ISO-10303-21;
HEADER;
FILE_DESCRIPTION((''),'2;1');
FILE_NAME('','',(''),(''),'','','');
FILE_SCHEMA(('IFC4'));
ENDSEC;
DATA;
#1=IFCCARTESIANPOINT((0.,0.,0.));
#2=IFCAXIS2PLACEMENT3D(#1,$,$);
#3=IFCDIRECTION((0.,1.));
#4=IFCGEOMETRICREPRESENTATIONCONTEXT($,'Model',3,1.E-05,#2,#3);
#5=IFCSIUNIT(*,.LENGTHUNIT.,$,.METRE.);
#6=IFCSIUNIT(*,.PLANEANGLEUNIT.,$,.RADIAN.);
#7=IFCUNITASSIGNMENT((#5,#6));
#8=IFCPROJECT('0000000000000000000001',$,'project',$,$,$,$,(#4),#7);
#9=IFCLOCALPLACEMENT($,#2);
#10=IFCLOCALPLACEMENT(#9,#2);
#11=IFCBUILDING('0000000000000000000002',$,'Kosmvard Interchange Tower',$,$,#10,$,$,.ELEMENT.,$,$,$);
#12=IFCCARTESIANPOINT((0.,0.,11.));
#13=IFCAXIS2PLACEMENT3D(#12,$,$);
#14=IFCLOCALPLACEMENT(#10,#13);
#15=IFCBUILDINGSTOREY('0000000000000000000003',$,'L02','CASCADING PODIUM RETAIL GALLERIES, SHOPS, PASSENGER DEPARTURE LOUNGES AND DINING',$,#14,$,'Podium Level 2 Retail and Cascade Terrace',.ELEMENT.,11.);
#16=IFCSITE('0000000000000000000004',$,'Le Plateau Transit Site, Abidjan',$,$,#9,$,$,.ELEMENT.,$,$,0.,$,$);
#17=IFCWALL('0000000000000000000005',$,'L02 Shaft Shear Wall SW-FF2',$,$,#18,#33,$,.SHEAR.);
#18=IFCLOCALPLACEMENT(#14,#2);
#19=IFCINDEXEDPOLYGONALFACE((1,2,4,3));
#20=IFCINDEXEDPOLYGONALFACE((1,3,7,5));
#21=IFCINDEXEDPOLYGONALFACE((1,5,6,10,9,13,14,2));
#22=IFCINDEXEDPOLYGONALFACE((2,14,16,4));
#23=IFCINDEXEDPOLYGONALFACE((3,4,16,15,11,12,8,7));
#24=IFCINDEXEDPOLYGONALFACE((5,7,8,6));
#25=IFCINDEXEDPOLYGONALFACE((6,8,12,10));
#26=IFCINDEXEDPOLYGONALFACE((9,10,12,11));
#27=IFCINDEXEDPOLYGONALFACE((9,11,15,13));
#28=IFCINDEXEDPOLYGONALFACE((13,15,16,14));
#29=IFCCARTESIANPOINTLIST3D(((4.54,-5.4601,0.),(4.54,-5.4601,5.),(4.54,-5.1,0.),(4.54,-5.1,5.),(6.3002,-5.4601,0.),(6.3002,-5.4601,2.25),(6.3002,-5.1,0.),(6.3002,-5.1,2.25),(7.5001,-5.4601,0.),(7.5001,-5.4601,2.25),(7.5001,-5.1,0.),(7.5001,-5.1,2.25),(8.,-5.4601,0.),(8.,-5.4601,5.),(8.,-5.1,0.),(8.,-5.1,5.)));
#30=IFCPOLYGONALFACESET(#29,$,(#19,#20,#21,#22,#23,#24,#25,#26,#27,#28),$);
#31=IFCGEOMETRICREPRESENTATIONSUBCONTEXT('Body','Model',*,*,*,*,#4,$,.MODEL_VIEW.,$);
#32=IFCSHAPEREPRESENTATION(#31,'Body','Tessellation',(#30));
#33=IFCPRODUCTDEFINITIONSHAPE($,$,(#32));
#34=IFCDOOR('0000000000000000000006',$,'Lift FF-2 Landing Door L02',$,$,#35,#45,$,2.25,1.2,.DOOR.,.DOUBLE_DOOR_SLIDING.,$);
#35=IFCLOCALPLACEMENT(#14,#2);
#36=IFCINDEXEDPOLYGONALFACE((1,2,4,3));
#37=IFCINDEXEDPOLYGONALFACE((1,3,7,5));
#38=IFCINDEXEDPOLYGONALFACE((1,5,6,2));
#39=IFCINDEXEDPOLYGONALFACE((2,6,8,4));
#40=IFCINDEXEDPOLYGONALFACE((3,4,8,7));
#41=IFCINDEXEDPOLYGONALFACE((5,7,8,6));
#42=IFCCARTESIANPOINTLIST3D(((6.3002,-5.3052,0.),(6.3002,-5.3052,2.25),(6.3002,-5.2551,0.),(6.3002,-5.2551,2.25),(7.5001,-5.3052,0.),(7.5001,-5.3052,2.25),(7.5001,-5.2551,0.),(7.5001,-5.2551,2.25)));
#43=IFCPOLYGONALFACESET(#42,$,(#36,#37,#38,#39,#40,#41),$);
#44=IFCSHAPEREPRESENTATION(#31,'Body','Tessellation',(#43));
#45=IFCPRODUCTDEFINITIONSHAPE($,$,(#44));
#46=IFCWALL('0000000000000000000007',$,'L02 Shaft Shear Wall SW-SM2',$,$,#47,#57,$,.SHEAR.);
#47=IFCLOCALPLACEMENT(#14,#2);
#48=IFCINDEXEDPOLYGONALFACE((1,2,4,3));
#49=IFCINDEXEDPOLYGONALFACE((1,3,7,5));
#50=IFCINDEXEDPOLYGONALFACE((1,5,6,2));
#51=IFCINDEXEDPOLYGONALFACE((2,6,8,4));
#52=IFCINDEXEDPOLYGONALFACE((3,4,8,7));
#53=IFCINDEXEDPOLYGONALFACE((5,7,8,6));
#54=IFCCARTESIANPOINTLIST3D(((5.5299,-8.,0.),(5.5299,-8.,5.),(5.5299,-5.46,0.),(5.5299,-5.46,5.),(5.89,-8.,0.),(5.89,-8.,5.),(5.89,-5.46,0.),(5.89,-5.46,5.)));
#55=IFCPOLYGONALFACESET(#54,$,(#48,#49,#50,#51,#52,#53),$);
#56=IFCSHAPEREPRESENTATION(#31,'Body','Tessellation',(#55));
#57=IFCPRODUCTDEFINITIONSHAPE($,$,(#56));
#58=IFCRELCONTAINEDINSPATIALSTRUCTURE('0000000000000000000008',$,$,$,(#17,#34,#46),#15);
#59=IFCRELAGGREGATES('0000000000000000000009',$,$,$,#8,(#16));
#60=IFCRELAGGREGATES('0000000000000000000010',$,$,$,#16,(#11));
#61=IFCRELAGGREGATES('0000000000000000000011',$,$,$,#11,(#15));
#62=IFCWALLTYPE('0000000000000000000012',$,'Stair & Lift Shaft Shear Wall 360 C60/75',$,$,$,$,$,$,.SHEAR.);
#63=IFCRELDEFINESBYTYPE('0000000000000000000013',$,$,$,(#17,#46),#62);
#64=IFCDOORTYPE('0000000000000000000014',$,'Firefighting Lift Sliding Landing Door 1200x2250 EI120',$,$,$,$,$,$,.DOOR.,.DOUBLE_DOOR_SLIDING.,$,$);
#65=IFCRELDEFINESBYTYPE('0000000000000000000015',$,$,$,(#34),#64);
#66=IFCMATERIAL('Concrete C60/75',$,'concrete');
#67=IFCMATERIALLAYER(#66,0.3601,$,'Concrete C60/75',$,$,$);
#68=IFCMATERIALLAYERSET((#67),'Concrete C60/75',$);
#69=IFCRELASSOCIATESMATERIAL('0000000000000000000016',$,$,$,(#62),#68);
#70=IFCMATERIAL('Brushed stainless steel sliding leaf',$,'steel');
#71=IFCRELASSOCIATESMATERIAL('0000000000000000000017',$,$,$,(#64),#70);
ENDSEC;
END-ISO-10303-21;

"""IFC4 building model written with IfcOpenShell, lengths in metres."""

from ifc_helpers import new_model, si_unit, direction, frame, frame_2d, origin, place, context, subcontext, project, spatial, rectangle, extrude, source, transform, mapped, material, layer, layer_set, type_object, element, fill, save


model = new_model("IFC4")

# Units and contexts
model_context = context("Model", 3, precision=1e-05, world=origin(), true_north=direction((0.0, 1.0)))
body_context = subcontext(model_context, "Body", "Model", "MODEL_VIEW")
ifc_project = project(units=[si_unit("LENGTHUNIT", "METRE"), si_unit("PLANEANGLEUNIT", "RADIAN")], contexts=[model_context])

# Site, building, storey
site_placement = place(None, origin())
site = spatial("IfcSite", under=ifc_project, at=site_placement, Name="Le Plateau Transit Site, Abidjan", CompositionType="ELEMENT", RefElevation=0.0)
building_placement = place(site_placement, origin())
building = spatial("IfcBuilding", under=site, at=building_placement, Name="Kosmvard Interchange Tower", CompositionType="ELEMENT")
storey_placement = place(building_placement, frame((0.0, 0.0, 11.0)))
storey = spatial("IfcBuildingStorey", under=building, at=storey_placement, Name="L02", Description="CASCADING PODIUM RETAIL GALLERIES, SHOPS, PASSENGER DEPARTURE LOUNGES AND DINING", LongName="Podium Level 2 Retail and Cascade Terrace", CompositionType="ELEMENT", Elevation=11.0)

# Shared definitions
ifc_material_1 = material(Name="Brushed stainless steel sliding leaf", Category="steel")

# Wall, opening, door
ifc_material_2 = material(Name="Concrete C60/75", Category="concrete")
ifc_layer_1 = layer(ifc_material_2, 0.3601, Name="Concrete C60/75")
ifc_layer_set_1 = layer_set([ifc_layer_1], Name="Concrete C60/75")
wall_type_1 = type_object("IfcWallType", Name="Stair & Lift Shaft Shear Wall 360 C60/75", PredefinedType="SHEAR", material=ifc_layer_set_1)
wall_1_placement = place(storey_placement, frame((4.54, -5.28, 0.0), z_axis=(0.0, 0.0, 1.0), x_axis=(1.0, 0.0, 0.0)))
wall_1 = element("IfcWall", 1, at=wall_1_placement, inside=storey, type_object=wall_type_1, Name="L02 Shaft Shear Wall SW-FF2", PredefinedType="SHEAR", context=body_context, shape_type="SweptSolid", body=[
    extrude(rectangle(XDim=3.46, YDim=0.3601, at=frame_2d((1.73, 0.0))), origin(), (0.0, 0.0, 1.0), 5.0),
])
opening_1_placement = place(wall_1_placement, frame((1.76, 0.0, 0.0)))
opening_1 = element("IfcOpeningElement", 2, at=opening_1_placement, cuts=wall_1, PredefinedType="OPENING", context=body_context, shape_type="SweptSolid", body=[
    extrude(rectangle(XDim=1.2, YDim=2.25, at=frame_2d((0.6001, 1.125))), frame((0.0, 0.1899, 0.0), z_axis=(0.0, -1.0, 0.0), x_axis=(1.0, 0.0, 0.0)), (0.0, 0.0, 1.0), 0.3801),
])
door_type_1 = type_object("IfcDoorType", Name="Firefighting Lift Sliding Landing Door 1200x2250 EI120", OperationType="DOUBLE_DOOR_SLIDING", PredefinedType="DOOR", material=ifc_material_1)
shared_shape_1 = source(origin(), body_context, "Body", "SweptSolid", [
    extrude(rectangle(XDim=1.2, YDim=2.25, at=frame_2d((0.6001, 1.125))), frame((0.0, 0.0249, 0.0), z_axis=(0.0, -1.0, 0.0), x_axis=(1.0, 0.0, 0.0)), (0.0, 0.0, 1.0), 0.05),
])
door_1_placement = place(opening_1_placement, origin())
door_1 = element("IfcDoor", 3, at=door_1_placement, inside=storey, type_object=door_type_1, Name="Lift FF-2 Landing Door L02", OperationType="DOUBLE_DOOR_SLIDING", OverallHeight=2.25, OverallWidth=1.2, PredefinedType="DOOR", context=body_context, shape_type="MappedRepresentation", body=[
    mapped(shared_shape_1, transform((0.0, 0.0, 0.0), scale=1.0)),
])
fill(opening_1, door_1)

# Wall
wall_2_placement = place(storey_placement, frame((5.71, -8.0, 0.0), z_axis=(0.0, 0.0, 1.0), x_axis=(0.0, 1.0, 0.0)))
element("IfcWall", 4, at=wall_2_placement, inside=storey, type_object=wall_type_1, Name="L02 Shaft Shear Wall SW-SM2", PredefinedType="SHEAR", context=body_context, shape_type="SweptSolid", body=[
    extrude(rectangle(XDim=2.54, YDim=0.3601, at=frame_2d((1.27, 0.0))), origin(), (0.0, 0.0, 1.0), 5.0),
])

save(model, "model.ifc")
